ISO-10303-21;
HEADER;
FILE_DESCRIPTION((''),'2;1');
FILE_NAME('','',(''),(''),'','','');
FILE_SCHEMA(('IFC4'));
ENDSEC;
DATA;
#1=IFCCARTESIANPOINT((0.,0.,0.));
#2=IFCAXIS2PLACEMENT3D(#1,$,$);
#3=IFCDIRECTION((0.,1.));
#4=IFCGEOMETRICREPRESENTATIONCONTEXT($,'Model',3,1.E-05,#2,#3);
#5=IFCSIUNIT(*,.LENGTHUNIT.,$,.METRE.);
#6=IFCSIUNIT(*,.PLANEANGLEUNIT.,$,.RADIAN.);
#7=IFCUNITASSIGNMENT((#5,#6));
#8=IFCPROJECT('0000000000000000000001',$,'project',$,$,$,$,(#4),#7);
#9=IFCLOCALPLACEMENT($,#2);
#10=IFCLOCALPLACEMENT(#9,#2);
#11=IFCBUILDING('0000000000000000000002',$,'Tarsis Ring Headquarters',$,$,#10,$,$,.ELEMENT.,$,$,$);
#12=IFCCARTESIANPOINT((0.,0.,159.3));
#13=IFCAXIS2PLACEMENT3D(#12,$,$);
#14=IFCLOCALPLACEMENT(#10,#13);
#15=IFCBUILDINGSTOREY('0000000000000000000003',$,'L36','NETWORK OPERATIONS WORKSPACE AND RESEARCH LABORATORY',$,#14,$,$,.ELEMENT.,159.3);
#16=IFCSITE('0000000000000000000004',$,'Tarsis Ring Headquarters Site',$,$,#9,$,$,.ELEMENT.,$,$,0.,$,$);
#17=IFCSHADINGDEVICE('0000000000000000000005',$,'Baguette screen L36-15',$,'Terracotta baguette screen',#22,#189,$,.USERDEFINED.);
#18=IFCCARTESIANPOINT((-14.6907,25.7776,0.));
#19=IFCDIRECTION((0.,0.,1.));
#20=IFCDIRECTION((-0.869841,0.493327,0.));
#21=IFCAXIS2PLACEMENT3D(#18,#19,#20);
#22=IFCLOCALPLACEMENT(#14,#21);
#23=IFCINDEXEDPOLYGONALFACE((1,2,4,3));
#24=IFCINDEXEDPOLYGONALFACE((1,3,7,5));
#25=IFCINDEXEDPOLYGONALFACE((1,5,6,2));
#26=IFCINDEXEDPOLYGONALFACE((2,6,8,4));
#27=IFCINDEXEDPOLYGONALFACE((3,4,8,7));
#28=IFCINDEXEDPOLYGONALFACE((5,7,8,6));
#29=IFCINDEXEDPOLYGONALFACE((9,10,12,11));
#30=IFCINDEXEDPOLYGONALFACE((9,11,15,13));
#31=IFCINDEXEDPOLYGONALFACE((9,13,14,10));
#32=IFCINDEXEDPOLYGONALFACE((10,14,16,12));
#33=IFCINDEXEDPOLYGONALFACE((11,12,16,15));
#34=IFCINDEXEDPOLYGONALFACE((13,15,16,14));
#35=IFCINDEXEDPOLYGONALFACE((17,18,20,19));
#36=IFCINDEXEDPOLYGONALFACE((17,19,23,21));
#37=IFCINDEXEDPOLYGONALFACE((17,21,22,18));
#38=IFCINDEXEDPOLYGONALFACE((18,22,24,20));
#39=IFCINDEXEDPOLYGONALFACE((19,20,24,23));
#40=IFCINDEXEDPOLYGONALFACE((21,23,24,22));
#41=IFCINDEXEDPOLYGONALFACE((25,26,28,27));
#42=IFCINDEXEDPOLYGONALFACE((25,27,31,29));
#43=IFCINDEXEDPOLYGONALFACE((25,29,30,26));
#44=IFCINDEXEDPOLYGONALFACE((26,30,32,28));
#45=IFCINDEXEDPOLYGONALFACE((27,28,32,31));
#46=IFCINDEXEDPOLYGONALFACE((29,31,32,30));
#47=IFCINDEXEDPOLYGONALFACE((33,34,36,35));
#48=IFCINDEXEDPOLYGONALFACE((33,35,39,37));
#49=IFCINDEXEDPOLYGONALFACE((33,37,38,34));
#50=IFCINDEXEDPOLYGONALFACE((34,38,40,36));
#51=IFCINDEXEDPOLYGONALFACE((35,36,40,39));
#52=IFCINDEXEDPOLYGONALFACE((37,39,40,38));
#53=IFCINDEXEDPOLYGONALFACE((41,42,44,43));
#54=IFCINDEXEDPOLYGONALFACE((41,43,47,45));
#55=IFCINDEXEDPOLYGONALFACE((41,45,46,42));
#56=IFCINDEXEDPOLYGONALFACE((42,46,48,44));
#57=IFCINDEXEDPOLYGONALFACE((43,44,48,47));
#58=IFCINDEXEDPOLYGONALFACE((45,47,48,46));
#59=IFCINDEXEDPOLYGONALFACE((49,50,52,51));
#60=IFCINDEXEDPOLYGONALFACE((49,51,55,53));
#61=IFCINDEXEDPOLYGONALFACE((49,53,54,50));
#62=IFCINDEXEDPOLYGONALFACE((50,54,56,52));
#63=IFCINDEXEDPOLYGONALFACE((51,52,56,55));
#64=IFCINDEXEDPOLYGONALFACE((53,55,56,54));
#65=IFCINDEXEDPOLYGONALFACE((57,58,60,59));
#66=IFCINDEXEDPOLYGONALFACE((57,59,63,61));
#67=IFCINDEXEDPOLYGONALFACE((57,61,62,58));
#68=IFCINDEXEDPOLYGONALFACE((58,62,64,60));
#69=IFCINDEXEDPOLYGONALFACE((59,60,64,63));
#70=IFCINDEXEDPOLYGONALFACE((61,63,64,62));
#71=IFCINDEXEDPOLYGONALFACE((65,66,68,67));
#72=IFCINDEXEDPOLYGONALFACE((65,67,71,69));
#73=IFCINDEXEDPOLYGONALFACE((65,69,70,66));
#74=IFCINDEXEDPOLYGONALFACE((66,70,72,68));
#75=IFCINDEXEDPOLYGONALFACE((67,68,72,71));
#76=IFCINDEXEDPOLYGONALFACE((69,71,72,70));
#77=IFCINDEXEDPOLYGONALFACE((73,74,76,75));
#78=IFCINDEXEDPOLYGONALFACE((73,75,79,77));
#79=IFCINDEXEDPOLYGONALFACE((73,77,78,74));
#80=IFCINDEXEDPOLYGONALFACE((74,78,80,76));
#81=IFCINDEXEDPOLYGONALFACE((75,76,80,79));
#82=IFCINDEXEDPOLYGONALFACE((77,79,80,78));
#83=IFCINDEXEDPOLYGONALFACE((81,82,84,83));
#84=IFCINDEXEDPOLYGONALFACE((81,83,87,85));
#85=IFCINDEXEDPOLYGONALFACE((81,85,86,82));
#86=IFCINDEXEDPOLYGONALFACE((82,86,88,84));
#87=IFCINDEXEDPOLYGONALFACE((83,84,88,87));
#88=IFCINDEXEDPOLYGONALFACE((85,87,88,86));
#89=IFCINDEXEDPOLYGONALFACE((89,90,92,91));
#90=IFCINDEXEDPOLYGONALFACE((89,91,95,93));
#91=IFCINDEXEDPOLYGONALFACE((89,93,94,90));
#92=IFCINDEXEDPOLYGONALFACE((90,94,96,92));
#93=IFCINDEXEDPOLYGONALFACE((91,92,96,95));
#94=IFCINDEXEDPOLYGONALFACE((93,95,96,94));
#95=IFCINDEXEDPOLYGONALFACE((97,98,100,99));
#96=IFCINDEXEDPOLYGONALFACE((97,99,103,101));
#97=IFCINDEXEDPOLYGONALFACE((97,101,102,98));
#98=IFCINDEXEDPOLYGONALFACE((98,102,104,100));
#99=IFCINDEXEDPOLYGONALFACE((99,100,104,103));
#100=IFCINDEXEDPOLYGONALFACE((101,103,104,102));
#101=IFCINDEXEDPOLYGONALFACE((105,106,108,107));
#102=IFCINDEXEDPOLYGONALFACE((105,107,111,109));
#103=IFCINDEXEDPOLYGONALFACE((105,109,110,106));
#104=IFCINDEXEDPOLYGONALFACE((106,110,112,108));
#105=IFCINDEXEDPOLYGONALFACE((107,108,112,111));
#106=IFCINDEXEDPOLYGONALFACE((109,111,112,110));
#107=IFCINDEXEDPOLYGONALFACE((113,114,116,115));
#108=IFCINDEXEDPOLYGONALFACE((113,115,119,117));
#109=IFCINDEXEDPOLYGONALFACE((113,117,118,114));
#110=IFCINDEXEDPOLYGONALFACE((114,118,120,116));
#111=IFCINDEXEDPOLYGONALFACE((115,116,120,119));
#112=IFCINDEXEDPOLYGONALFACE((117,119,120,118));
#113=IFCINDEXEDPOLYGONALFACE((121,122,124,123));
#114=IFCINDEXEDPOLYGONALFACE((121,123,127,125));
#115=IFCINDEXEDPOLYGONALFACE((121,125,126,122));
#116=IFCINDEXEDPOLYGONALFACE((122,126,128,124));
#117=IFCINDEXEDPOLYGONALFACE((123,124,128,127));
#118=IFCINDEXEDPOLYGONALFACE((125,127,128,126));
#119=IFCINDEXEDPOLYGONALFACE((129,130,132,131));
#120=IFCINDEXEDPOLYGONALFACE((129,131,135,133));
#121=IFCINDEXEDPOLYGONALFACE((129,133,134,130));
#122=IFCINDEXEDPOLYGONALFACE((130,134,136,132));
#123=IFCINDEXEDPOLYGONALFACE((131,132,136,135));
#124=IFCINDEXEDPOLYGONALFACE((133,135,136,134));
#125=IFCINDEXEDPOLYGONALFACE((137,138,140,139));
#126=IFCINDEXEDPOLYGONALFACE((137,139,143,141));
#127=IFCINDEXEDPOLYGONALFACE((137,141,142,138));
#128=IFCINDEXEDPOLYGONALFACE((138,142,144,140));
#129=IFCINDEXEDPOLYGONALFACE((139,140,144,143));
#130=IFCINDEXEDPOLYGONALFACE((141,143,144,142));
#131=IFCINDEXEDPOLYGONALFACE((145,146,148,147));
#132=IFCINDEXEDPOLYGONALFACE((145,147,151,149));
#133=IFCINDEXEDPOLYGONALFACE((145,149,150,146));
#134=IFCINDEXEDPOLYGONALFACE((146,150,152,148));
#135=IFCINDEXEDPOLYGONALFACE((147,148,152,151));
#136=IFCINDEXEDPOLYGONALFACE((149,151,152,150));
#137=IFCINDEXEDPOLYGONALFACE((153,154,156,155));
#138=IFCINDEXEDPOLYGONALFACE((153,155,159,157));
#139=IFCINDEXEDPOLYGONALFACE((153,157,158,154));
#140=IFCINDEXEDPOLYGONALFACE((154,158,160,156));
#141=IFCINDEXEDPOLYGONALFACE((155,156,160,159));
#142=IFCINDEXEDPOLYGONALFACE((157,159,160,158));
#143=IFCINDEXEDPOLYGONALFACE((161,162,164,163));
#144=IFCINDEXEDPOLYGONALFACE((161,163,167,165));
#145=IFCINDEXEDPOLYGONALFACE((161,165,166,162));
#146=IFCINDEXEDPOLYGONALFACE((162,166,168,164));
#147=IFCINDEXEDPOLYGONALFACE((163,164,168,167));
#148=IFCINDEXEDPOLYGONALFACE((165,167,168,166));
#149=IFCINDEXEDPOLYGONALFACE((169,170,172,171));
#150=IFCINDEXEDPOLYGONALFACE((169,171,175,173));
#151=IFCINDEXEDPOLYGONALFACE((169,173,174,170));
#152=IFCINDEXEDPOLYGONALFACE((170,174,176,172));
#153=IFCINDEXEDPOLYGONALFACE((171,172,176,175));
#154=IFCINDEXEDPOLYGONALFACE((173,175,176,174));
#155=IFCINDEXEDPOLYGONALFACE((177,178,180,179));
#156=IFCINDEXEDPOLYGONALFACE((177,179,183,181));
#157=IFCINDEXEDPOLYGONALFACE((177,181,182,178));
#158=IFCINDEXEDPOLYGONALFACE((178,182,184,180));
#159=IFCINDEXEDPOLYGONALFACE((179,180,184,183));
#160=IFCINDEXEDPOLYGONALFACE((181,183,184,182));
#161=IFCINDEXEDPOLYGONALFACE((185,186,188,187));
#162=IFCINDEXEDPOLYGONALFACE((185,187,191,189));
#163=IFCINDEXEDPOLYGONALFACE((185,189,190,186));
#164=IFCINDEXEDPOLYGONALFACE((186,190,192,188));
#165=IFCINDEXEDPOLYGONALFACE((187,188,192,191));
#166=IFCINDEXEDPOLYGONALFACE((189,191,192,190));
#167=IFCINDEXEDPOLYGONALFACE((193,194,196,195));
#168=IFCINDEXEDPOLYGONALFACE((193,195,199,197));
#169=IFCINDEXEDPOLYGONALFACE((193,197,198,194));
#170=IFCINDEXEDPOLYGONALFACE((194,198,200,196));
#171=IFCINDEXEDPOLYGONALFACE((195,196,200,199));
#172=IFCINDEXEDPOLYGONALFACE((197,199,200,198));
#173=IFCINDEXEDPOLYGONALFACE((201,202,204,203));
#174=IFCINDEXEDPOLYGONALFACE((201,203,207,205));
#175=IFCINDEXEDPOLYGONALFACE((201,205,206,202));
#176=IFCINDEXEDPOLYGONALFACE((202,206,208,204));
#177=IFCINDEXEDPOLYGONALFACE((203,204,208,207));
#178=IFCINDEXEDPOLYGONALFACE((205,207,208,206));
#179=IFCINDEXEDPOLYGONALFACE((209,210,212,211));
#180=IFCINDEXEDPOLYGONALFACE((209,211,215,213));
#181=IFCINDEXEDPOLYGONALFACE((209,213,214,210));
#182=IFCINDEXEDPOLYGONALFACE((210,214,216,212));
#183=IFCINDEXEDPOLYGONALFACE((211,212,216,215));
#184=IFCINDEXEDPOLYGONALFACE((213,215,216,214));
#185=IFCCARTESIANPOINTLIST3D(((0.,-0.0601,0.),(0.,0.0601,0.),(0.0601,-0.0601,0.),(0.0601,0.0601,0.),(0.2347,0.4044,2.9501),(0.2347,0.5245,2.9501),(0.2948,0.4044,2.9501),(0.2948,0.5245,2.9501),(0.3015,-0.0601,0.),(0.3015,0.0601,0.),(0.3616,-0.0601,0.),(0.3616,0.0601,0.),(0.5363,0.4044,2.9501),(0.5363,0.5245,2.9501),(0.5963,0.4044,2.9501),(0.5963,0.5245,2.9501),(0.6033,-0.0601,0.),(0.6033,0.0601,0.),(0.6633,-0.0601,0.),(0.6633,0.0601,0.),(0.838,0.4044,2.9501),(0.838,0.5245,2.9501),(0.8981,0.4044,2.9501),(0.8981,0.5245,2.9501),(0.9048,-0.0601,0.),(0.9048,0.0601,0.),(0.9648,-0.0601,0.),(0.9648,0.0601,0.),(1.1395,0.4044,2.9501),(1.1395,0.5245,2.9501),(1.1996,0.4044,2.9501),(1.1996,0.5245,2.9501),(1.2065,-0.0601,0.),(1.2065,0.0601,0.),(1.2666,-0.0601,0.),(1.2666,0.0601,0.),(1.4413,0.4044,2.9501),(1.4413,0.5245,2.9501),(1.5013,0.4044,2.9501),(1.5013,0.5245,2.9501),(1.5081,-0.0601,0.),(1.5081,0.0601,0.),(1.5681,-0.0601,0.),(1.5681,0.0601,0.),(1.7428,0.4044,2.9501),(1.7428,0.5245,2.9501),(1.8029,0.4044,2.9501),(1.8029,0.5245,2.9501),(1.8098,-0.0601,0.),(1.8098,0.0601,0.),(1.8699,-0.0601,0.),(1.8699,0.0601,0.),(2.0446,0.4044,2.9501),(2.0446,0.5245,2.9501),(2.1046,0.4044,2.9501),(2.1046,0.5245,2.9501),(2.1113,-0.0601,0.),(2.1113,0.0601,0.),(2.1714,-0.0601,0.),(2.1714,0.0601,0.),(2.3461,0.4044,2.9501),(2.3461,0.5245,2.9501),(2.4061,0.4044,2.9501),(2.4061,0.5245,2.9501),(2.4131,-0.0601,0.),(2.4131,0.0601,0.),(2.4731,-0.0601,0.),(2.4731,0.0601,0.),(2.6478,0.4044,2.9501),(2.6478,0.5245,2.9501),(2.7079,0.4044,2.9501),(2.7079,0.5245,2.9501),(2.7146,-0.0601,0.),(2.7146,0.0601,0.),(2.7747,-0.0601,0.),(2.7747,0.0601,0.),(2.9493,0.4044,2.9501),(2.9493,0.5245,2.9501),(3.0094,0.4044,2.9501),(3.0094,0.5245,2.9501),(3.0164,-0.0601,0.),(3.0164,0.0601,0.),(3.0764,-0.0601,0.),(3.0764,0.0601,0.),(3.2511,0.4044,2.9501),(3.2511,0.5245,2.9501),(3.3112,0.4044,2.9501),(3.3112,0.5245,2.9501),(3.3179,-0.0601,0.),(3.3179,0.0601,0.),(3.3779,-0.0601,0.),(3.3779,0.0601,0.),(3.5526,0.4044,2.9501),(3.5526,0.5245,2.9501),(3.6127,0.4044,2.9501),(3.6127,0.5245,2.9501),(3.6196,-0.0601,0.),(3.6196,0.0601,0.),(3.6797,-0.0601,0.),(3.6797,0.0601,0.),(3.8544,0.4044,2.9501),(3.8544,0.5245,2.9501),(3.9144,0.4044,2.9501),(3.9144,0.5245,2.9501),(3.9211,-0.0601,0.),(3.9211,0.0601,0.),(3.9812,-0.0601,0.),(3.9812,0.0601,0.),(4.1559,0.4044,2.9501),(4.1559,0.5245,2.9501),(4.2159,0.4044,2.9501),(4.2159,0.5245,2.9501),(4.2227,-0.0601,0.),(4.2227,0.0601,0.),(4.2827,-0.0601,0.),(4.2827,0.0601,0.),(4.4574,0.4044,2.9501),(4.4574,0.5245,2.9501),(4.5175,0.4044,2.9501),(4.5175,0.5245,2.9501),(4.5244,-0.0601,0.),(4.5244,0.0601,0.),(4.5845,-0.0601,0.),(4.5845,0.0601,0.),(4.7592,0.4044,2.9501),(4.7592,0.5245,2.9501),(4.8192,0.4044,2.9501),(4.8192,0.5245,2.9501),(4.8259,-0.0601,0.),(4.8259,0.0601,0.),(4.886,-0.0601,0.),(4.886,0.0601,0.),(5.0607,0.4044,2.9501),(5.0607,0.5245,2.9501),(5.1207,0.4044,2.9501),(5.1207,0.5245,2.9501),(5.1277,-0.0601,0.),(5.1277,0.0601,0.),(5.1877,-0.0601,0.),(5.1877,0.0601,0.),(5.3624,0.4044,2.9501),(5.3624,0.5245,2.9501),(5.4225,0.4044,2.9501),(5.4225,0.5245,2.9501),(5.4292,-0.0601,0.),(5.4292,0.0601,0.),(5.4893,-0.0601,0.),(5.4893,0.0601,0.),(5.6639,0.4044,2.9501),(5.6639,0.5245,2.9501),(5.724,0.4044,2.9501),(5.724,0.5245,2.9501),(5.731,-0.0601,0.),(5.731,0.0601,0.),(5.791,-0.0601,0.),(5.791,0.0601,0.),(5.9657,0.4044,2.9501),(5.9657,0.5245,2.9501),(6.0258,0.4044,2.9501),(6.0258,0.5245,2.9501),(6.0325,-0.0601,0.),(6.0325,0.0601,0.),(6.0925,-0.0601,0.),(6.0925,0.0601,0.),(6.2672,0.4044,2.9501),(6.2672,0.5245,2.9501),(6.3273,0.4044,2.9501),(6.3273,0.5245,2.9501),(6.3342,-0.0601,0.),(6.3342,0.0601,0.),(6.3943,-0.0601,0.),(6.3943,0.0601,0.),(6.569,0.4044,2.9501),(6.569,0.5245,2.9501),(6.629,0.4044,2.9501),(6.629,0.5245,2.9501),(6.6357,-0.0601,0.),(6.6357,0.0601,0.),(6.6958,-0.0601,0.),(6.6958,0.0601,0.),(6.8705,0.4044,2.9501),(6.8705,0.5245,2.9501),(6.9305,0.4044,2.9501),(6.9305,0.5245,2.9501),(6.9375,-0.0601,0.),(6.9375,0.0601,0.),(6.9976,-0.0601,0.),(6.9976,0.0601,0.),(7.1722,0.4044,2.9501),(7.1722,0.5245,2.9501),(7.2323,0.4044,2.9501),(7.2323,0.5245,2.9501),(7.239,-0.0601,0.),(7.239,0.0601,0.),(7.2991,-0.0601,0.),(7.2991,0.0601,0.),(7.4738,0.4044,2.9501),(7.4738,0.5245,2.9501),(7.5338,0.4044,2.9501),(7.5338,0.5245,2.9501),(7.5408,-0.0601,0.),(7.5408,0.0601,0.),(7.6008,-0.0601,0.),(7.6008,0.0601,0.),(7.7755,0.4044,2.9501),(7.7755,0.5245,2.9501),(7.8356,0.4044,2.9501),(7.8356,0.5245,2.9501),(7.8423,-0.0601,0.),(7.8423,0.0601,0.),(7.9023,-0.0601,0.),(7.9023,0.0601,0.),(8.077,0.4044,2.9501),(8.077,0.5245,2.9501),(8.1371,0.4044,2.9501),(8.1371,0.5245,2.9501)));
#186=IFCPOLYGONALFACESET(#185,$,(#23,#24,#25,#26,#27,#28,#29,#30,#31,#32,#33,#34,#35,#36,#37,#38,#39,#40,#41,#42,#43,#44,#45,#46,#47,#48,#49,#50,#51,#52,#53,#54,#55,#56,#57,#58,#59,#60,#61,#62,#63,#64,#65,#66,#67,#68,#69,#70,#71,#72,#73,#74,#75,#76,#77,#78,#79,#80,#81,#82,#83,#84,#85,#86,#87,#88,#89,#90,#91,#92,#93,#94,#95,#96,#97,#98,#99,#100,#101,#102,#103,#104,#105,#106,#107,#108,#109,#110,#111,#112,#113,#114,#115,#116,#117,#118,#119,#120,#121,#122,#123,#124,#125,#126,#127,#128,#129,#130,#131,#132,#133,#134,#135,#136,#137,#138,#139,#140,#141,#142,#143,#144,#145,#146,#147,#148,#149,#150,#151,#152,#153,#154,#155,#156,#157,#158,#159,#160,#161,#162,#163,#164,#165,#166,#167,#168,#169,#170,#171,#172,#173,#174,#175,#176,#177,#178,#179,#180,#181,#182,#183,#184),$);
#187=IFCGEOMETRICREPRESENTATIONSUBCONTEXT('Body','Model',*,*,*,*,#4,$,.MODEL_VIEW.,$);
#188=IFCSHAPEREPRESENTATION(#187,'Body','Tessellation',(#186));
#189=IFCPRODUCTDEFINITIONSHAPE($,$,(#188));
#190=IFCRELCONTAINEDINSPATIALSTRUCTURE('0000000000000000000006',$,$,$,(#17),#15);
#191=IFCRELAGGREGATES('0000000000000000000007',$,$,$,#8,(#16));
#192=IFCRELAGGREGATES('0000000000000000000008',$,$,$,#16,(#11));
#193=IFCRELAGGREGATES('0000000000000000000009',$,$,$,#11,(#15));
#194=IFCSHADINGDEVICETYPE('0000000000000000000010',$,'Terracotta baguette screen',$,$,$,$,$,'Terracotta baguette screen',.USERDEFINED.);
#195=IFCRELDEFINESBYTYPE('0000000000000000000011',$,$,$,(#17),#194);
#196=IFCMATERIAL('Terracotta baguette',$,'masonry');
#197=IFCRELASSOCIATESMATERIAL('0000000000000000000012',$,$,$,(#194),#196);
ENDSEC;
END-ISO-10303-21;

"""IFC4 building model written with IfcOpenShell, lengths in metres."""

from ifc_helpers import new_model, si_unit, direction, frame, frame_2d, origin, place, context, subcontext, project, spatial, rectangle, composite_profile, extrude, material, type_object, element, save


model = new_model("IFC4")

# Units and contexts
model_context = context("Model", 3, precision=1e-05, world=origin(), true_north=direction((0.0, 1.0)))
body_context = subcontext(model_context, "Body", "Model", "MODEL_VIEW")
ifc_project = project(units=[si_unit("LENGTHUNIT", "METRE"), si_unit("PLANEANGLEUNIT", "RADIAN")], contexts=[model_context])

# Site, building, storey
site_placement = place(None, origin())
site = spatial("IfcSite", under=ifc_project, at=site_placement, Name="Tarsis Ring Headquarters Site", CompositionType="ELEMENT", RefElevation=0.0)
building_placement = place(site_placement, origin())
building = spatial("IfcBuilding", under=site, at=building_placement, Name="Tarsis Ring Headquarters", CompositionType="ELEMENT")
storey_placement = place(building_placement, frame((0.0, 0.0, 159.3)))
storey = spatial("IfcBuildingStorey", under=building, at=storey_placement, Name="L36", Description="NETWORK OPERATIONS WORKSPACE AND RESEARCH LABORATORY", CompositionType="ELEMENT", Elevation=159.3)

# Shading device
ifc_material_1 = material(Name="Terracotta baguette", Category="masonry")
shading_device_type = type_object("IfcShadingDeviceType", Name="Terracotta baguette screen", ElementType="Terracotta baguette screen", PredefinedType="USERDEFINED", material=ifc_material_1)
shading_device_placement = place(storey_placement, frame((-14.6907, 25.7776, 0.0), z_axis=(0.0, 0.0, 1.0), x_axis=(-0.869841, 0.493327, 0.0)))
element("IfcShadingDevice", 1, at=shading_device_placement, inside=storey, type_object=shading_device_type, Name="Baguette screen L36-15", ObjectType="Terracotta baguette screen", PredefinedType="USERDEFINED", context=body_context, shape_type="SweptSolid", body=[
    extrude(composite_profile([rectangle(XDim=0.0601, YDim=0.1201, at=frame_2d((0.03, 0.0))), rectangle(XDim=0.0601, YDim=0.1201, at=frame_2d((0.3315, 0.0))), rectangle(XDim=0.0601, YDim=0.1201, at=frame_2d((0.6333, 0.0))), rectangle(XDim=0.0601, YDim=0.1201, at=frame_2d((0.9348, 0.0))), rectangle(XDim=0.0601, YDim=0.1201, at=frame_2d((1.2366, 0.0))), rectangle(XDim=0.0601, YDim=0.1201, at=frame_2d((1.5381, 0.0))), rectangle(XDim=0.0601, YDim=0.1201, at=frame_2d((1.8398, 0.0))), rectangle(XDim=0.0601, YDim=0.1201, at=frame_2d((2.1414, 0.0))), rectangle(XDim=0.0601, YDim=0.1201, at=frame_2d((2.4431, 0.0))), rectangle(XDim=0.0601, YDim=0.1201, at=frame_2d((2.7446, 0.0))), rectangle(XDim=0.0601, YDim=0.1201, at=frame_2d((3.0464, 0.0))), rectangle(XDim=0.0601, YDim=0.1201, at=frame_2d((3.3479, 0.0))), rectangle(XDim=0.0601, YDim=0.1201, at=frame_2d((3.6497, 0.0))), rectangle(XDim=0.0601, YDim=0.1201, at=frame_2d((3.9512, 0.0))), rectangle(XDim=0.0601, YDim=0.1201, at=frame_2d((4.2527, 0.0))), rectangle(XDim=0.0601, YDim=0.1201, at=frame_2d((4.5544, 0.0))), rectangle(XDim=0.0601, YDim=0.1201, at=frame_2d((4.856, 0.0))), rectangle(XDim=0.0601, YDim=0.1201, at=frame_2d((5.1577, 0.0))), rectangle(XDim=0.0601, YDim=0.1201, at=frame_2d((5.4592, 0.0))), rectangle(XDim=0.0601, YDim=0.1201, at=frame_2d((5.761, 0.0))), rectangle(XDim=0.0601, YDim=0.1201, at=frame_2d((6.0625, 0.0))), rectangle(XDim=0.0601, YDim=0.1201, at=frame_2d((6.3643, 0.0))), rectangle(XDim=0.0601, YDim=0.1201, at=frame_2d((6.6658, 0.0))), rectangle(XDim=0.0601, YDim=0.1201, at=frame_2d((6.9675, 0.0))), rectangle(XDim=0.0601, YDim=0.1201, at=frame_2d((7.269, 0.0))), rectangle(XDim=0.0601, YDim=0.1201, at=frame_2d((7.5708, 0.0))), rectangle(XDim=0.0601, YDim=0.1201, at=frame_2d((7.8723, 0.0)))]), origin(), (0.07836, 0.155032, 0.984797), 2.9956),
])

save(model, "model.ifc")
